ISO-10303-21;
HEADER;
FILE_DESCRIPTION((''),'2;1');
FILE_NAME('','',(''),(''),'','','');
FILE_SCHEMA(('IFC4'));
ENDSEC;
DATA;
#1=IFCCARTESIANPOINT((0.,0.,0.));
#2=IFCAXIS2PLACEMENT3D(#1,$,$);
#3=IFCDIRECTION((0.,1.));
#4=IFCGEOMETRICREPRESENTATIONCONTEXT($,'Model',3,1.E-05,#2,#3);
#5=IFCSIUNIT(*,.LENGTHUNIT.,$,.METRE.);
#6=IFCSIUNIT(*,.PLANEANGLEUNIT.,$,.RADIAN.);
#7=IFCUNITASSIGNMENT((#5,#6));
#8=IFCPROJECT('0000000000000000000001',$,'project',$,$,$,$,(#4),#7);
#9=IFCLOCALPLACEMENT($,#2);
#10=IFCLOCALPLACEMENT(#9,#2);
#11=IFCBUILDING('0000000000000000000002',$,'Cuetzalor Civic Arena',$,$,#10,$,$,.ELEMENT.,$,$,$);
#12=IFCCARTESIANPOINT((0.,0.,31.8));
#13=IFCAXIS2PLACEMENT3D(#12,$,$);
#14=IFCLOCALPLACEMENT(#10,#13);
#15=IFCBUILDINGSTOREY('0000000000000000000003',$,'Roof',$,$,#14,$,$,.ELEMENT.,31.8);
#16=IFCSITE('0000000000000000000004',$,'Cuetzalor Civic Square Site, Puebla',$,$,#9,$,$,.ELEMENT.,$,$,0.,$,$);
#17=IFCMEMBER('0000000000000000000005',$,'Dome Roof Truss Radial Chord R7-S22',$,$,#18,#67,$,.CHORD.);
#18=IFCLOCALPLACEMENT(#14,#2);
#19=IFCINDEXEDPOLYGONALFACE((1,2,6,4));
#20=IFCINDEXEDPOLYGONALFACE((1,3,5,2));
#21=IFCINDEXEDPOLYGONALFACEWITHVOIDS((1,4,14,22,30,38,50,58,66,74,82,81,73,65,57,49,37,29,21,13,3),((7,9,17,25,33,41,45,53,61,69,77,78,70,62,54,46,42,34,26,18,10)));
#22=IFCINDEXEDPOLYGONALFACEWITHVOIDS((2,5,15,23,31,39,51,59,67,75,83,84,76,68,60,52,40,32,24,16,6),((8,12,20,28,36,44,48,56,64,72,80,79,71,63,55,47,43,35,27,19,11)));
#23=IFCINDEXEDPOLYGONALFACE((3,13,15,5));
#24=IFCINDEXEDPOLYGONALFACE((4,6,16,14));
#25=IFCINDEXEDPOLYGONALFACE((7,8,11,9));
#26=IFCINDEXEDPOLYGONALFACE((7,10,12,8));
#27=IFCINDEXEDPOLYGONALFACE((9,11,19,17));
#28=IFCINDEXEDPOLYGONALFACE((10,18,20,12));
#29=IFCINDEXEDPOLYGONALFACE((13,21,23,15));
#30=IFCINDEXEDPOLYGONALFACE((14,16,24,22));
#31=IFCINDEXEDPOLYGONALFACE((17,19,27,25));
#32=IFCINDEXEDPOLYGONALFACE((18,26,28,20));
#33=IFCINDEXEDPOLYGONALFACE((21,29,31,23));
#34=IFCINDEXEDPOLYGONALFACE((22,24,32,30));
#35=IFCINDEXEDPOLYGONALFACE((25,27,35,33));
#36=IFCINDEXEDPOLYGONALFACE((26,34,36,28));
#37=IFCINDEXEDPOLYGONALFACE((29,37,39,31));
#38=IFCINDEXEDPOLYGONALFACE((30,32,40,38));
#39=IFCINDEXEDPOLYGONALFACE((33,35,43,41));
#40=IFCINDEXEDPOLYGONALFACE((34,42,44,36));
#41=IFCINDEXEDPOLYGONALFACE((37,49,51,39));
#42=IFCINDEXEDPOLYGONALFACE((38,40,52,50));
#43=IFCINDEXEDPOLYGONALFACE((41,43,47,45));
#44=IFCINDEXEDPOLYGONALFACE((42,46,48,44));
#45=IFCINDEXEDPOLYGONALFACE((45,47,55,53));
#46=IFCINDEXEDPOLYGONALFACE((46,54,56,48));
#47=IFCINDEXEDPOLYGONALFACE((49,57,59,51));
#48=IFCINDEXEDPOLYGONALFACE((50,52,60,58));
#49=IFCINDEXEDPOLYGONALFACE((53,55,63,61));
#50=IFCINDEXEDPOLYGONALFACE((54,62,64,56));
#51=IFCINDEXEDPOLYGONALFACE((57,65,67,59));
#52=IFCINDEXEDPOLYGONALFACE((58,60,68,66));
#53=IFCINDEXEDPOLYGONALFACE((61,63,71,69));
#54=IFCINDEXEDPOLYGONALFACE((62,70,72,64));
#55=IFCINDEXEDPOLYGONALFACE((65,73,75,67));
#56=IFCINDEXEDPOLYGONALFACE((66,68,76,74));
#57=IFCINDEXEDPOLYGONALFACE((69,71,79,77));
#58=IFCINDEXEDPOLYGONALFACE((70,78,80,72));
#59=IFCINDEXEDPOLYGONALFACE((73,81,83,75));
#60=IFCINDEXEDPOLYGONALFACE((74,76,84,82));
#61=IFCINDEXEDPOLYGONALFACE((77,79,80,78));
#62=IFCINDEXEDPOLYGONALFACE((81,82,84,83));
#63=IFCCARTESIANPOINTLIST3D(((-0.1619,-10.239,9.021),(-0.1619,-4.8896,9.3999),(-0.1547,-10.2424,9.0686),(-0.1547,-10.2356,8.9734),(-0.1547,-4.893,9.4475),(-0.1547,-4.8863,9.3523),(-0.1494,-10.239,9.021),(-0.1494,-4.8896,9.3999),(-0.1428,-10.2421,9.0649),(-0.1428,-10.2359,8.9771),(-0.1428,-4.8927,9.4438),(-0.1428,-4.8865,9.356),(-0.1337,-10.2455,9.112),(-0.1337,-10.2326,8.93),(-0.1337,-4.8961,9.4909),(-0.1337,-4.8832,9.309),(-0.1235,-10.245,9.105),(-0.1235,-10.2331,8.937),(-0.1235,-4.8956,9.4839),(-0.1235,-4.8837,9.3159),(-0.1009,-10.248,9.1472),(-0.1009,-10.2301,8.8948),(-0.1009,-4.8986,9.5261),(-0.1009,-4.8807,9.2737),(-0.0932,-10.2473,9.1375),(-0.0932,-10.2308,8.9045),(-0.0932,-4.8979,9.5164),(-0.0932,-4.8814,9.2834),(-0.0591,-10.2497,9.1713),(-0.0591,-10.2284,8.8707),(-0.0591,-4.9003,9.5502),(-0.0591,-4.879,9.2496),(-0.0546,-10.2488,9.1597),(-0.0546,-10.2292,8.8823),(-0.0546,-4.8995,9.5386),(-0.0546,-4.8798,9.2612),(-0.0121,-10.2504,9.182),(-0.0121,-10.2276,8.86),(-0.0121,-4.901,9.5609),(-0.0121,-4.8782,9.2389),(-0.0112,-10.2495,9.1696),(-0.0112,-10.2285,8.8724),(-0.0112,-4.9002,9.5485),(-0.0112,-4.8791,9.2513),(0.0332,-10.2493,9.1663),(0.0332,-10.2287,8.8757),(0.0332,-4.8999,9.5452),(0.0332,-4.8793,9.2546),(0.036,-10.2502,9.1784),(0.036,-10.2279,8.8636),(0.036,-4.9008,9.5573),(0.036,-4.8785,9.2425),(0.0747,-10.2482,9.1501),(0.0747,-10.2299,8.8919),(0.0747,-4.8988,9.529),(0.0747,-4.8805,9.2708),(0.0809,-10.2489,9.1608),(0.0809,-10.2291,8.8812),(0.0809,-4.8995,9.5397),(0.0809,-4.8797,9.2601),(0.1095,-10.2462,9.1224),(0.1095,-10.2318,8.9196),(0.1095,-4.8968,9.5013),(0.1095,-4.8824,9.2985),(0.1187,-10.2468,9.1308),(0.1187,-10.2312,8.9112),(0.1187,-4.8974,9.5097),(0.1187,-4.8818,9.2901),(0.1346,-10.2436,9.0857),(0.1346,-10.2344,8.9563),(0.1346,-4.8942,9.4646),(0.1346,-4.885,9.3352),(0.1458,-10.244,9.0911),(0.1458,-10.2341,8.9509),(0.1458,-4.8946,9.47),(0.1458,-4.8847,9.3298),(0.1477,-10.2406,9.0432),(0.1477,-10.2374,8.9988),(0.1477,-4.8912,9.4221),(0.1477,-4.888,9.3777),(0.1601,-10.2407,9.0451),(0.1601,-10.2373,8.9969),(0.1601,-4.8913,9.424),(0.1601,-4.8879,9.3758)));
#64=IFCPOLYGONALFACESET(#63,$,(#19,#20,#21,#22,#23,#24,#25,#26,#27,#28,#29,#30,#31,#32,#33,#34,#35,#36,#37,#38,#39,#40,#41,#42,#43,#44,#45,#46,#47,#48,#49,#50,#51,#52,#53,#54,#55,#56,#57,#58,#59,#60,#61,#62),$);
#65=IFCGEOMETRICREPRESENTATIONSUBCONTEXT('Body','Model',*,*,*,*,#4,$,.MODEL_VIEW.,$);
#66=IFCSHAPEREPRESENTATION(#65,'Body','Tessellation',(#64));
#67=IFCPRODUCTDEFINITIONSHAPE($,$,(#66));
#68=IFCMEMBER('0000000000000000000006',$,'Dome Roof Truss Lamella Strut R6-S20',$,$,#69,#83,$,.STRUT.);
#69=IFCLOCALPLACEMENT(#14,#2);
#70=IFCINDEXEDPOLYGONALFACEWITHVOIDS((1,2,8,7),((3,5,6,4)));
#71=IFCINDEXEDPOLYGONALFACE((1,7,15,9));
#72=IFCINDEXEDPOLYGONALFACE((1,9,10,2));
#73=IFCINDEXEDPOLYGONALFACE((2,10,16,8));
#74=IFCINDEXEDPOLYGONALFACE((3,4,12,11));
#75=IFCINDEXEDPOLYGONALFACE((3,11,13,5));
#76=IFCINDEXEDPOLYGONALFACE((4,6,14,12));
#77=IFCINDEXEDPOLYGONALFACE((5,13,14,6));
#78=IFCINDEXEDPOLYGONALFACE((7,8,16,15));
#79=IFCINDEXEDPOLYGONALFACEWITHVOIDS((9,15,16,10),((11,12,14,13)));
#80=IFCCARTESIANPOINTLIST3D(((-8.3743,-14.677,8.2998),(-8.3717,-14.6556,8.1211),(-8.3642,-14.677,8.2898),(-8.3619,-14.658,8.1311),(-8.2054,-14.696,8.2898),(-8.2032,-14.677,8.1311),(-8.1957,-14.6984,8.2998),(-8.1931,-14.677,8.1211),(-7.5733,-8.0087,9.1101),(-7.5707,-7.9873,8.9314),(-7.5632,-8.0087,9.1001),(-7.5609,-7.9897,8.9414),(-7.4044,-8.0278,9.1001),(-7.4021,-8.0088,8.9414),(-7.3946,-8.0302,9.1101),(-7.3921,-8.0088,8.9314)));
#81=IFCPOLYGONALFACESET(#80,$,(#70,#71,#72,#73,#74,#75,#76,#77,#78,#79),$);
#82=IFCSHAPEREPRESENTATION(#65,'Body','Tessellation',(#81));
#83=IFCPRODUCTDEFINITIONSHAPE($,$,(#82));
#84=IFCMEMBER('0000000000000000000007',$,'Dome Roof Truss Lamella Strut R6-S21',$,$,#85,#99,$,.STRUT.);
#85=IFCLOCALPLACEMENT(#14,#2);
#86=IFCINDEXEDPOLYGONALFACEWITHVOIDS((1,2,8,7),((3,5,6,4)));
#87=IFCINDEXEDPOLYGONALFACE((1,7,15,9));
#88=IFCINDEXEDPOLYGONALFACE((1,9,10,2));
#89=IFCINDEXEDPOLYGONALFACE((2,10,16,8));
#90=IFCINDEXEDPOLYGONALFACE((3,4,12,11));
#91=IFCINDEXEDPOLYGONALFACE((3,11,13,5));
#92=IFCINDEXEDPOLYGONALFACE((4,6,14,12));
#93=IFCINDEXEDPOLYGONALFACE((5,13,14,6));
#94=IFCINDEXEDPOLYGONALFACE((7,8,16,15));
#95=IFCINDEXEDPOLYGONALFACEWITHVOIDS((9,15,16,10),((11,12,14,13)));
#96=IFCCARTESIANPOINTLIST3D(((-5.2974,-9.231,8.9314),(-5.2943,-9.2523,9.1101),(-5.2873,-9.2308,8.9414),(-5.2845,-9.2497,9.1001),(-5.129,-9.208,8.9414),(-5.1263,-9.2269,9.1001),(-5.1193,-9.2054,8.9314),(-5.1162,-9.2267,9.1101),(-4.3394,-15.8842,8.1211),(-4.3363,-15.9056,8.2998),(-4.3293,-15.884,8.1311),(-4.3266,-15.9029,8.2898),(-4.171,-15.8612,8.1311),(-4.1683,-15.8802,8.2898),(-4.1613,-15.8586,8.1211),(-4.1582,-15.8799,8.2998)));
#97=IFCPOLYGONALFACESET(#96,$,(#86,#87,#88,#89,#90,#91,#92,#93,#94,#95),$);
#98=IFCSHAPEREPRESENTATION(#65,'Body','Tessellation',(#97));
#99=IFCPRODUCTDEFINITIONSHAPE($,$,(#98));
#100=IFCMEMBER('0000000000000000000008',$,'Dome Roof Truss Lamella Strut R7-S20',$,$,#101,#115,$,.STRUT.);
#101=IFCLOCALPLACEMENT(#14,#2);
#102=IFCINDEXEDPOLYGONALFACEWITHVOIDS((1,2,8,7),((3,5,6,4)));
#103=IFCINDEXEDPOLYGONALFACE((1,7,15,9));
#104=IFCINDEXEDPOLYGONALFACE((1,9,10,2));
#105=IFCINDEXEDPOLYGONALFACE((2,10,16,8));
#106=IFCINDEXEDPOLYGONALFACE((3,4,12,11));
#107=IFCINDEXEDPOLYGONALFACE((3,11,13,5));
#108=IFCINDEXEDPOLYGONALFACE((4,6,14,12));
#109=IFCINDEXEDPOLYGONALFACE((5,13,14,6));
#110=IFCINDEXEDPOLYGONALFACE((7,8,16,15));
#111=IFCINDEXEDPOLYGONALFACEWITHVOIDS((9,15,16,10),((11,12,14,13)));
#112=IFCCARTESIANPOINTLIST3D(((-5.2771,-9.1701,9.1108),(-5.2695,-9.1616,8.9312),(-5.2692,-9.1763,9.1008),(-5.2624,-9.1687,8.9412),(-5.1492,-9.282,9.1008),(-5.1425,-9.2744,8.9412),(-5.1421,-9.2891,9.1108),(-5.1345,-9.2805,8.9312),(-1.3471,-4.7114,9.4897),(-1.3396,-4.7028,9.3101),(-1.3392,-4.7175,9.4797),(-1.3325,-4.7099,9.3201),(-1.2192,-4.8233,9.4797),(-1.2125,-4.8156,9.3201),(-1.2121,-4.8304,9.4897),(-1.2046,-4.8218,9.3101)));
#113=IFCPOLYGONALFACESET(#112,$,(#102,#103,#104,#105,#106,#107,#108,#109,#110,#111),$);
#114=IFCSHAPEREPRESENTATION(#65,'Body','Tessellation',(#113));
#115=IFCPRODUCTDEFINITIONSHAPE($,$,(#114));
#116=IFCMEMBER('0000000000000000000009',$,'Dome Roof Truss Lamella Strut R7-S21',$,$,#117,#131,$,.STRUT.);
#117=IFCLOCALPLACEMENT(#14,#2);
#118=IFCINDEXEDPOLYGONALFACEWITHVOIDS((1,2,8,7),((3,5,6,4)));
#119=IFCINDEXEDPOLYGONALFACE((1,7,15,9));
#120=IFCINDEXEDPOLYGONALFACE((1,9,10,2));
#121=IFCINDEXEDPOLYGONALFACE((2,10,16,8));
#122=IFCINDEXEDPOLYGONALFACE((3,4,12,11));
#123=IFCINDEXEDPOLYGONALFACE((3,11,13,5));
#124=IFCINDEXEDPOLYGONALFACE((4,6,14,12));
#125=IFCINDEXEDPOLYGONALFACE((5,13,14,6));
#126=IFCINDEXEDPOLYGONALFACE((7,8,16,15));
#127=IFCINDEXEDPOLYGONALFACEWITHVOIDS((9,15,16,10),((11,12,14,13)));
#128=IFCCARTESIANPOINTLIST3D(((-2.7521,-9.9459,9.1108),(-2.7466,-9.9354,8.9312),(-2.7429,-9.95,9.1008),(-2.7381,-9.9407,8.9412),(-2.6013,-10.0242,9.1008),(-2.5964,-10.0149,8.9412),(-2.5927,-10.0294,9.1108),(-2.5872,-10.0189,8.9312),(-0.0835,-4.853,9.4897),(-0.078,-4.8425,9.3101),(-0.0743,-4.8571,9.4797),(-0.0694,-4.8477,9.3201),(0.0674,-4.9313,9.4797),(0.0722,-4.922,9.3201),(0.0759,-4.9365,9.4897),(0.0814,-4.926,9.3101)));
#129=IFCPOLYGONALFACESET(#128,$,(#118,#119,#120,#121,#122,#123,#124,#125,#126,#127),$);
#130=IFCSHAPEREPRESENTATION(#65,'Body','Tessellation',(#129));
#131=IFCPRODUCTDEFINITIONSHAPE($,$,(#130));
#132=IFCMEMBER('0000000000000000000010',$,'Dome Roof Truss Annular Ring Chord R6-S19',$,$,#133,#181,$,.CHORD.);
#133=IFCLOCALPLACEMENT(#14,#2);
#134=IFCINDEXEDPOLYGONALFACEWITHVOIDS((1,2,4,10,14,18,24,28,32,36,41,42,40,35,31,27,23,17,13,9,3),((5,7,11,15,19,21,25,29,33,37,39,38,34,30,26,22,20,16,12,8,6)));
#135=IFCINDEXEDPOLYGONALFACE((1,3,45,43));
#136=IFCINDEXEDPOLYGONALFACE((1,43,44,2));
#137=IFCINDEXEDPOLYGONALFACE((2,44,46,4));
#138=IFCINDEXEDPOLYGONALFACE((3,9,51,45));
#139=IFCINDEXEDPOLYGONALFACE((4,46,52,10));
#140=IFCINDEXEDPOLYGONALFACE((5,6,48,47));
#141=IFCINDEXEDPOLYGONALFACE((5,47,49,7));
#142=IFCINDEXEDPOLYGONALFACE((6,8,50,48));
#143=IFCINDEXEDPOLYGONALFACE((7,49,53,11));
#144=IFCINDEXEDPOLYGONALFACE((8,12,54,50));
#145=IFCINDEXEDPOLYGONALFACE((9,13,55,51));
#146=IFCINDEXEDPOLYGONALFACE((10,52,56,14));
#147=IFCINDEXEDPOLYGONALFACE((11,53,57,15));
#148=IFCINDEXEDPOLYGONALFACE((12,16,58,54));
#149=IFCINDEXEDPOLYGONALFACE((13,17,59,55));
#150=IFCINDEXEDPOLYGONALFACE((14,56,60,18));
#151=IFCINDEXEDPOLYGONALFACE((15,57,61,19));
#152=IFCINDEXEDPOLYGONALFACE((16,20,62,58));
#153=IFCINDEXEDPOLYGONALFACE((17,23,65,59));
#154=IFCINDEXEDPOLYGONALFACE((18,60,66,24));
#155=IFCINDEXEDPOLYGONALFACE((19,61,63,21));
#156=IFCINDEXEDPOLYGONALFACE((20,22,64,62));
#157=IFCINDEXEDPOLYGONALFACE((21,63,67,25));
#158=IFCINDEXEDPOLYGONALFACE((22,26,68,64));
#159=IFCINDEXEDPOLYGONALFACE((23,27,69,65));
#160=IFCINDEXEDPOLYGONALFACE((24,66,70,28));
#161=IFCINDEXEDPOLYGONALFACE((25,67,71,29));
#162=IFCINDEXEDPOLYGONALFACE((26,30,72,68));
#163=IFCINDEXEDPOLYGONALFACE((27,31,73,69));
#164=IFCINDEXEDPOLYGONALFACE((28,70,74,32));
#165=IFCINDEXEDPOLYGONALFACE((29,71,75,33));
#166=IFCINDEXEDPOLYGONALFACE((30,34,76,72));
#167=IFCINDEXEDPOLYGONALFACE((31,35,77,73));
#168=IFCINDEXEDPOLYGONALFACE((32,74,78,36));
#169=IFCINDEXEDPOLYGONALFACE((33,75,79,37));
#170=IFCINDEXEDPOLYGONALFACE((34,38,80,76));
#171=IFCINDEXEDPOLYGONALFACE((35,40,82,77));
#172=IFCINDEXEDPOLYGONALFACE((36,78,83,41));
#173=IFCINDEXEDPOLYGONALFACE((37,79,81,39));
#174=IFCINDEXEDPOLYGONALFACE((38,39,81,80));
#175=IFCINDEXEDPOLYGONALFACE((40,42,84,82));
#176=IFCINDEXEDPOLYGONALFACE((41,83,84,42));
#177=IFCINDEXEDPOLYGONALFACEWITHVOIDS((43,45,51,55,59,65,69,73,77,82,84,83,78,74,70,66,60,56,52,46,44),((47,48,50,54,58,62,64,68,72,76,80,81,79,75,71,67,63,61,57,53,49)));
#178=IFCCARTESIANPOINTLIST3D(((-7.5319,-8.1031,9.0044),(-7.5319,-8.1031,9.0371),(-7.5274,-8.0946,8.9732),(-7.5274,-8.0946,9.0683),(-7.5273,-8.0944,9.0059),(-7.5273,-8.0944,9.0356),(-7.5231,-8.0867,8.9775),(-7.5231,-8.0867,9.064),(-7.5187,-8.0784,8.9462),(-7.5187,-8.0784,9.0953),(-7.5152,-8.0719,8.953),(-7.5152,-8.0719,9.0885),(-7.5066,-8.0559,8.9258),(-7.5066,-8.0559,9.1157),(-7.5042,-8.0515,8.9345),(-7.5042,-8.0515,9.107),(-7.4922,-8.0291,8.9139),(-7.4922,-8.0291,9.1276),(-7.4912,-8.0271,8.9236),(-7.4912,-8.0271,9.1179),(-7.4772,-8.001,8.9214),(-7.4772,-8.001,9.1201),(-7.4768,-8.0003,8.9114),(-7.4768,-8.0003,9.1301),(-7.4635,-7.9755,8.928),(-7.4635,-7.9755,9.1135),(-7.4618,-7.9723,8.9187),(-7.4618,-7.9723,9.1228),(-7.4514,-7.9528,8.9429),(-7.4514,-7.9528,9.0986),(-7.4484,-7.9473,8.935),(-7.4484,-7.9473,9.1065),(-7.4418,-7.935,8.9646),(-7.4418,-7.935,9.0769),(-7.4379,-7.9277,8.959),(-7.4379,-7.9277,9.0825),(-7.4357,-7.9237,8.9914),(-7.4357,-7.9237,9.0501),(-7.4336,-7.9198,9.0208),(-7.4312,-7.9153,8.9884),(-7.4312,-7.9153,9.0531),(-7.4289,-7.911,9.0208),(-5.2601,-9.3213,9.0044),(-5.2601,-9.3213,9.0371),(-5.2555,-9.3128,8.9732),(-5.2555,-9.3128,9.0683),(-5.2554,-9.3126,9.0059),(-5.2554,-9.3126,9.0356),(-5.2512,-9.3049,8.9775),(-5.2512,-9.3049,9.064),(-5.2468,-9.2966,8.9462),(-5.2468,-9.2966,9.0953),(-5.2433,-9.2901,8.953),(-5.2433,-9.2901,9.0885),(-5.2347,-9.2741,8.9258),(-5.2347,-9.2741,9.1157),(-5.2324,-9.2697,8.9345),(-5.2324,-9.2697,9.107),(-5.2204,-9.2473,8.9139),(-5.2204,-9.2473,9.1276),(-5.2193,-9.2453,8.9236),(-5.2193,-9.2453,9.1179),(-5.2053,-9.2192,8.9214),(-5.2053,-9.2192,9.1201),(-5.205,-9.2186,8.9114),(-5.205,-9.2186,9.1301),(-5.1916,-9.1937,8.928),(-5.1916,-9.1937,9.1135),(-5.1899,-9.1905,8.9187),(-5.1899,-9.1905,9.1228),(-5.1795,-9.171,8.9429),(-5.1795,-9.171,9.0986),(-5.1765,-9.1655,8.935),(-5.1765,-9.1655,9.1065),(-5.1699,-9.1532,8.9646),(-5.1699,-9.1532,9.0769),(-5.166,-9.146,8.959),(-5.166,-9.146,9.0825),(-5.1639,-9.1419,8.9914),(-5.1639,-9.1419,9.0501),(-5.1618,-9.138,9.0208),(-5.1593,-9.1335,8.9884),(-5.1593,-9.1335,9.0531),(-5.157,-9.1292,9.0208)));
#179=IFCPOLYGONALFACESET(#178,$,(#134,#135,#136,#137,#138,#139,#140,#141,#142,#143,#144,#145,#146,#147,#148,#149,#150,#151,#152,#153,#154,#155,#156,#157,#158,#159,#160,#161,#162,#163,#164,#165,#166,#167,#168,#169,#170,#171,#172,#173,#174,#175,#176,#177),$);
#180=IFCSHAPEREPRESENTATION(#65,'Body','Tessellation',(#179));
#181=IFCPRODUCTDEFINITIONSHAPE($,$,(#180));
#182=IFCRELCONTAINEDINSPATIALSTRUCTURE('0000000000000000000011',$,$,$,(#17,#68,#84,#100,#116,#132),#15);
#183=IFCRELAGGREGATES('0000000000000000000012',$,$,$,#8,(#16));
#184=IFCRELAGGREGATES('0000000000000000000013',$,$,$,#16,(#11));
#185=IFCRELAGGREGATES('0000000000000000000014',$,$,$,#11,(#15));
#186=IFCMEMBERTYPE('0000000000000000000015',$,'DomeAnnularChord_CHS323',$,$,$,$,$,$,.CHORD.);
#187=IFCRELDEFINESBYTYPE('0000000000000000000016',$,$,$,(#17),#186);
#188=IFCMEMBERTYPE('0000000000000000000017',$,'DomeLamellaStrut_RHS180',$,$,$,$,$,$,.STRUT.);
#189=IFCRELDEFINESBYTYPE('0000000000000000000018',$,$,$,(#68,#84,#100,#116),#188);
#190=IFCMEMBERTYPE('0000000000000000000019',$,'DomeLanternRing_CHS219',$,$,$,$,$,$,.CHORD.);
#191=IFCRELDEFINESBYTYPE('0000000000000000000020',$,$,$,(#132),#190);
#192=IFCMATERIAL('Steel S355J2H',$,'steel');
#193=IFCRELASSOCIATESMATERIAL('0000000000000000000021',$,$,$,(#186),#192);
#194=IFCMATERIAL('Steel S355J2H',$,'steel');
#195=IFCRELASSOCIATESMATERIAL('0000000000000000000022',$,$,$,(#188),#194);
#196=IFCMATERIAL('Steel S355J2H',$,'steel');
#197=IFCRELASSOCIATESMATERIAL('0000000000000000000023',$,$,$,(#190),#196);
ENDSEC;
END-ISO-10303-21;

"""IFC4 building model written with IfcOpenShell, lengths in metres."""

from ifc_helpers import new_model, si_unit, direction, frame, origin, origin_2d, place, context, subcontext, project, spatial, hollow_rectangle, hollow_circle, extrude, material, material_profile, profile_set, type_object, element, save


model = new_model("IFC4")

# Units and contexts
model_context = context("Model", 3, precision=1e-05, world=origin(), true_north=direction((0.0, 1.0)))
body_context = subcontext(model_context, "Body", "Model", "MODEL_VIEW")
ifc_project = project(units=[si_unit("LENGTHUNIT", "METRE"), si_unit("PLANEANGLEUNIT", "RADIAN")], contexts=[model_context])

# Site, building, storey
site_placement = place(None, origin())
site = spatial("IfcSite", under=ifc_project, at=site_placement, Name="Cuetzalor Civic Square Site, Puebla", CompositionType="ELEMENT", RefElevation=0.0)
building_placement = place(site_placement, origin())
building = spatial("IfcBuilding", under=site, at=building_placement, Name="Cuetzalor Civic Arena", CompositionType="ELEMENT")
storey_placement = place(building_placement, frame((0.0, 0.0, 31.8)))
storey = spatial("IfcBuildingStorey", under=building, at=storey_placement, Name="Roof", CompositionType="ELEMENT", Elevation=31.8)

# Members
ifc_material_1 = material(Name="Steel S355J2H", Category="steel")
ifc_material_profile_1 = material_profile(ifc_material_1, hollow_circle(Radius=0.1619, WallThickness=0.0125, at=origin_2d()), Name="CHS 323.9x12.5")
ifc_profile_set_1 = profile_set([ifc_material_profile_1], Name="Steel S355J2H")
member_type_1 = type_object("IfcMemberType", Name="DomeAnnularChord_CHS323", PredefinedType="CHORD", material=ifc_profile_set_1)
member_1_placement = place(storey_placement, frame((0.0, -10.239, 9.021), z_axis=(0.0, 0.997501, 0.070655), x_axis=(-1.0, 0.0, 0.0)))
element("IfcMember", 1, at=member_1_placement, inside=storey, type_object=member_type_1, Name="Dome Roof Truss Radial Chord R7-S22", PredefinedType="CHORD", context=body_context, shape_type="SweptSolid", body=[
    extrude(hollow_circle(Radius=0.1619, WallThickness=0.0125, at=origin_2d()), origin(), (0.0, 0.0, 1.0), 5.3628),
])
ifc_material_2 = material(Name="Steel S355J2H", Category="steel")
ifc_material_profile_2 = material_profile(ifc_material_2, hollow_rectangle(XDim=0.1799, YDim=0.1799, WallThickness=0.01, at=origin_2d()), Name="RHS 180x180x10")
ifc_profile_set_2 = profile_set([ifc_material_profile_2], Name="Steel S355J2H")
member_type_2 = type_object("IfcMemberType", Name="DomeLamellaStrut_RHS180", PredefinedType="STRUT", material=ifc_profile_set_2)
member_2_placement = place(storey_placement, frame((-8.2837, -14.677, 8.2104), z_axis=(0.11841, 0.985714, 0.119781), x_axis=(-0.992862, 0.119268, 0.0)))
element("IfcMember", 2, at=member_2_placement, inside=storey, type_object=member_type_2, Name="Dome Roof Truss Lamella Strut R6-S20", PredefinedType="STRUT", context=body_context, shape_type="SweptSolid", body=[
    extrude(hollow_rectangle(XDim=0.1799, YDim=0.1799, WallThickness=0.01, at=origin_2d()), origin(), (0.0, 0.0, 1.0), 6.7649),
])
member_3_placement = place(storey_placement, frame((-4.2488, -15.8821, 8.2104), z_axis=(-0.141495, 0.982678, 0.11968), x_axis=(-0.989792, -0.14252, 0.0)))
element("IfcMember", 3, at=member_3_placement, inside=storey, type_object=member_type_2, Name="Dome Roof Truss Lamella Strut R6-S21", PredefinedType="STRUT", context=body_context, shape_type="SweptSolid", body=[
    extrude(hollow_rectangle(XDim=0.1799, YDim=0.1799, WallThickness=0.01, at=origin_2d()), origin(), (0.0, 0.0, 1.0), 6.7705),
])
member_4_placement = place(storey_placement, frame((-5.2058, -9.2253, 9.021), z_axis=(0.65988, 0.748673, 0.063623), x_axis=(-0.750193, 0.661219, 0.0)))
element("IfcMember", 4, at=member_4_placement, inside=storey, type_object=member_type_2, Name="Dome Roof Truss Lamella Strut R7-S20", PredefinedType="STRUT", context=body_context, shape_type="SweptSolid", body=[
    extrude(hollow_rectangle(XDim=0.1799, YDim=0.1799, WallThickness=0.01, at=origin_2d()), origin(), (0.0, 0.0, 1.0), 5.9556),
])
member_5_placement = place(storey_placement, frame((-2.6697, -9.9824, 9.021), z_axis=(0.463129, 0.883848, 0.065756), x_axis=(-0.885765, 0.464134, 0.0)))
element("IfcMember", 5, at=member_5_placement, inside=storey, type_object=member_type_2, Name="Dome Roof Truss Lamella Strut R7-S21", PredefinedType="STRUT", context=body_context, shape_type="SweptSolid", body=[
    extrude(hollow_rectangle(XDim=0.1799, YDim=0.1799, WallThickness=0.01, at=origin_2d()), origin(), (0.0, 0.0, 1.0), 5.7622),
])
ifc_material_3 = material(Name="Steel S355J2H", Category="steel")
ifc_material_profile_3 = material_profile(ifc_material_3, hollow_circle(Radius=0.1096, WallThickness=0.01, at=origin_2d()), Name="CHS 219.1x10")
ifc_profile_set_3 = profile_set([ifc_material_profile_3], Name="Steel S355J2H")
member_type_3 = type_object("IfcMemberType", Name="DomeLanternRing_CHS219", PredefinedType="CHORD", material=ifc_profile_set_3)
member_6_placement = place(storey_placement, frame((-7.4807, -8.0076, 9.0208), z_axis=(0.881297, -0.472563, 0.0), x_axis=(0.472563, 0.881297, 0.0)))
element("IfcMember", 6, at=member_6_placement, inside=storey, type_object=member_type_3, Name="Dome Roof Truss Annular Ring Chord R6-S19", PredefinedType="CHORD", context=body_context, shape_type="SweptSolid", body=[
    extrude(hollow_circle(Radius=0.1096, WallThickness=0.01, at=origin_2d()), origin(), (0.0, 0.0, 1.0), 2.5779),
])

save(model, "model.ifc")
